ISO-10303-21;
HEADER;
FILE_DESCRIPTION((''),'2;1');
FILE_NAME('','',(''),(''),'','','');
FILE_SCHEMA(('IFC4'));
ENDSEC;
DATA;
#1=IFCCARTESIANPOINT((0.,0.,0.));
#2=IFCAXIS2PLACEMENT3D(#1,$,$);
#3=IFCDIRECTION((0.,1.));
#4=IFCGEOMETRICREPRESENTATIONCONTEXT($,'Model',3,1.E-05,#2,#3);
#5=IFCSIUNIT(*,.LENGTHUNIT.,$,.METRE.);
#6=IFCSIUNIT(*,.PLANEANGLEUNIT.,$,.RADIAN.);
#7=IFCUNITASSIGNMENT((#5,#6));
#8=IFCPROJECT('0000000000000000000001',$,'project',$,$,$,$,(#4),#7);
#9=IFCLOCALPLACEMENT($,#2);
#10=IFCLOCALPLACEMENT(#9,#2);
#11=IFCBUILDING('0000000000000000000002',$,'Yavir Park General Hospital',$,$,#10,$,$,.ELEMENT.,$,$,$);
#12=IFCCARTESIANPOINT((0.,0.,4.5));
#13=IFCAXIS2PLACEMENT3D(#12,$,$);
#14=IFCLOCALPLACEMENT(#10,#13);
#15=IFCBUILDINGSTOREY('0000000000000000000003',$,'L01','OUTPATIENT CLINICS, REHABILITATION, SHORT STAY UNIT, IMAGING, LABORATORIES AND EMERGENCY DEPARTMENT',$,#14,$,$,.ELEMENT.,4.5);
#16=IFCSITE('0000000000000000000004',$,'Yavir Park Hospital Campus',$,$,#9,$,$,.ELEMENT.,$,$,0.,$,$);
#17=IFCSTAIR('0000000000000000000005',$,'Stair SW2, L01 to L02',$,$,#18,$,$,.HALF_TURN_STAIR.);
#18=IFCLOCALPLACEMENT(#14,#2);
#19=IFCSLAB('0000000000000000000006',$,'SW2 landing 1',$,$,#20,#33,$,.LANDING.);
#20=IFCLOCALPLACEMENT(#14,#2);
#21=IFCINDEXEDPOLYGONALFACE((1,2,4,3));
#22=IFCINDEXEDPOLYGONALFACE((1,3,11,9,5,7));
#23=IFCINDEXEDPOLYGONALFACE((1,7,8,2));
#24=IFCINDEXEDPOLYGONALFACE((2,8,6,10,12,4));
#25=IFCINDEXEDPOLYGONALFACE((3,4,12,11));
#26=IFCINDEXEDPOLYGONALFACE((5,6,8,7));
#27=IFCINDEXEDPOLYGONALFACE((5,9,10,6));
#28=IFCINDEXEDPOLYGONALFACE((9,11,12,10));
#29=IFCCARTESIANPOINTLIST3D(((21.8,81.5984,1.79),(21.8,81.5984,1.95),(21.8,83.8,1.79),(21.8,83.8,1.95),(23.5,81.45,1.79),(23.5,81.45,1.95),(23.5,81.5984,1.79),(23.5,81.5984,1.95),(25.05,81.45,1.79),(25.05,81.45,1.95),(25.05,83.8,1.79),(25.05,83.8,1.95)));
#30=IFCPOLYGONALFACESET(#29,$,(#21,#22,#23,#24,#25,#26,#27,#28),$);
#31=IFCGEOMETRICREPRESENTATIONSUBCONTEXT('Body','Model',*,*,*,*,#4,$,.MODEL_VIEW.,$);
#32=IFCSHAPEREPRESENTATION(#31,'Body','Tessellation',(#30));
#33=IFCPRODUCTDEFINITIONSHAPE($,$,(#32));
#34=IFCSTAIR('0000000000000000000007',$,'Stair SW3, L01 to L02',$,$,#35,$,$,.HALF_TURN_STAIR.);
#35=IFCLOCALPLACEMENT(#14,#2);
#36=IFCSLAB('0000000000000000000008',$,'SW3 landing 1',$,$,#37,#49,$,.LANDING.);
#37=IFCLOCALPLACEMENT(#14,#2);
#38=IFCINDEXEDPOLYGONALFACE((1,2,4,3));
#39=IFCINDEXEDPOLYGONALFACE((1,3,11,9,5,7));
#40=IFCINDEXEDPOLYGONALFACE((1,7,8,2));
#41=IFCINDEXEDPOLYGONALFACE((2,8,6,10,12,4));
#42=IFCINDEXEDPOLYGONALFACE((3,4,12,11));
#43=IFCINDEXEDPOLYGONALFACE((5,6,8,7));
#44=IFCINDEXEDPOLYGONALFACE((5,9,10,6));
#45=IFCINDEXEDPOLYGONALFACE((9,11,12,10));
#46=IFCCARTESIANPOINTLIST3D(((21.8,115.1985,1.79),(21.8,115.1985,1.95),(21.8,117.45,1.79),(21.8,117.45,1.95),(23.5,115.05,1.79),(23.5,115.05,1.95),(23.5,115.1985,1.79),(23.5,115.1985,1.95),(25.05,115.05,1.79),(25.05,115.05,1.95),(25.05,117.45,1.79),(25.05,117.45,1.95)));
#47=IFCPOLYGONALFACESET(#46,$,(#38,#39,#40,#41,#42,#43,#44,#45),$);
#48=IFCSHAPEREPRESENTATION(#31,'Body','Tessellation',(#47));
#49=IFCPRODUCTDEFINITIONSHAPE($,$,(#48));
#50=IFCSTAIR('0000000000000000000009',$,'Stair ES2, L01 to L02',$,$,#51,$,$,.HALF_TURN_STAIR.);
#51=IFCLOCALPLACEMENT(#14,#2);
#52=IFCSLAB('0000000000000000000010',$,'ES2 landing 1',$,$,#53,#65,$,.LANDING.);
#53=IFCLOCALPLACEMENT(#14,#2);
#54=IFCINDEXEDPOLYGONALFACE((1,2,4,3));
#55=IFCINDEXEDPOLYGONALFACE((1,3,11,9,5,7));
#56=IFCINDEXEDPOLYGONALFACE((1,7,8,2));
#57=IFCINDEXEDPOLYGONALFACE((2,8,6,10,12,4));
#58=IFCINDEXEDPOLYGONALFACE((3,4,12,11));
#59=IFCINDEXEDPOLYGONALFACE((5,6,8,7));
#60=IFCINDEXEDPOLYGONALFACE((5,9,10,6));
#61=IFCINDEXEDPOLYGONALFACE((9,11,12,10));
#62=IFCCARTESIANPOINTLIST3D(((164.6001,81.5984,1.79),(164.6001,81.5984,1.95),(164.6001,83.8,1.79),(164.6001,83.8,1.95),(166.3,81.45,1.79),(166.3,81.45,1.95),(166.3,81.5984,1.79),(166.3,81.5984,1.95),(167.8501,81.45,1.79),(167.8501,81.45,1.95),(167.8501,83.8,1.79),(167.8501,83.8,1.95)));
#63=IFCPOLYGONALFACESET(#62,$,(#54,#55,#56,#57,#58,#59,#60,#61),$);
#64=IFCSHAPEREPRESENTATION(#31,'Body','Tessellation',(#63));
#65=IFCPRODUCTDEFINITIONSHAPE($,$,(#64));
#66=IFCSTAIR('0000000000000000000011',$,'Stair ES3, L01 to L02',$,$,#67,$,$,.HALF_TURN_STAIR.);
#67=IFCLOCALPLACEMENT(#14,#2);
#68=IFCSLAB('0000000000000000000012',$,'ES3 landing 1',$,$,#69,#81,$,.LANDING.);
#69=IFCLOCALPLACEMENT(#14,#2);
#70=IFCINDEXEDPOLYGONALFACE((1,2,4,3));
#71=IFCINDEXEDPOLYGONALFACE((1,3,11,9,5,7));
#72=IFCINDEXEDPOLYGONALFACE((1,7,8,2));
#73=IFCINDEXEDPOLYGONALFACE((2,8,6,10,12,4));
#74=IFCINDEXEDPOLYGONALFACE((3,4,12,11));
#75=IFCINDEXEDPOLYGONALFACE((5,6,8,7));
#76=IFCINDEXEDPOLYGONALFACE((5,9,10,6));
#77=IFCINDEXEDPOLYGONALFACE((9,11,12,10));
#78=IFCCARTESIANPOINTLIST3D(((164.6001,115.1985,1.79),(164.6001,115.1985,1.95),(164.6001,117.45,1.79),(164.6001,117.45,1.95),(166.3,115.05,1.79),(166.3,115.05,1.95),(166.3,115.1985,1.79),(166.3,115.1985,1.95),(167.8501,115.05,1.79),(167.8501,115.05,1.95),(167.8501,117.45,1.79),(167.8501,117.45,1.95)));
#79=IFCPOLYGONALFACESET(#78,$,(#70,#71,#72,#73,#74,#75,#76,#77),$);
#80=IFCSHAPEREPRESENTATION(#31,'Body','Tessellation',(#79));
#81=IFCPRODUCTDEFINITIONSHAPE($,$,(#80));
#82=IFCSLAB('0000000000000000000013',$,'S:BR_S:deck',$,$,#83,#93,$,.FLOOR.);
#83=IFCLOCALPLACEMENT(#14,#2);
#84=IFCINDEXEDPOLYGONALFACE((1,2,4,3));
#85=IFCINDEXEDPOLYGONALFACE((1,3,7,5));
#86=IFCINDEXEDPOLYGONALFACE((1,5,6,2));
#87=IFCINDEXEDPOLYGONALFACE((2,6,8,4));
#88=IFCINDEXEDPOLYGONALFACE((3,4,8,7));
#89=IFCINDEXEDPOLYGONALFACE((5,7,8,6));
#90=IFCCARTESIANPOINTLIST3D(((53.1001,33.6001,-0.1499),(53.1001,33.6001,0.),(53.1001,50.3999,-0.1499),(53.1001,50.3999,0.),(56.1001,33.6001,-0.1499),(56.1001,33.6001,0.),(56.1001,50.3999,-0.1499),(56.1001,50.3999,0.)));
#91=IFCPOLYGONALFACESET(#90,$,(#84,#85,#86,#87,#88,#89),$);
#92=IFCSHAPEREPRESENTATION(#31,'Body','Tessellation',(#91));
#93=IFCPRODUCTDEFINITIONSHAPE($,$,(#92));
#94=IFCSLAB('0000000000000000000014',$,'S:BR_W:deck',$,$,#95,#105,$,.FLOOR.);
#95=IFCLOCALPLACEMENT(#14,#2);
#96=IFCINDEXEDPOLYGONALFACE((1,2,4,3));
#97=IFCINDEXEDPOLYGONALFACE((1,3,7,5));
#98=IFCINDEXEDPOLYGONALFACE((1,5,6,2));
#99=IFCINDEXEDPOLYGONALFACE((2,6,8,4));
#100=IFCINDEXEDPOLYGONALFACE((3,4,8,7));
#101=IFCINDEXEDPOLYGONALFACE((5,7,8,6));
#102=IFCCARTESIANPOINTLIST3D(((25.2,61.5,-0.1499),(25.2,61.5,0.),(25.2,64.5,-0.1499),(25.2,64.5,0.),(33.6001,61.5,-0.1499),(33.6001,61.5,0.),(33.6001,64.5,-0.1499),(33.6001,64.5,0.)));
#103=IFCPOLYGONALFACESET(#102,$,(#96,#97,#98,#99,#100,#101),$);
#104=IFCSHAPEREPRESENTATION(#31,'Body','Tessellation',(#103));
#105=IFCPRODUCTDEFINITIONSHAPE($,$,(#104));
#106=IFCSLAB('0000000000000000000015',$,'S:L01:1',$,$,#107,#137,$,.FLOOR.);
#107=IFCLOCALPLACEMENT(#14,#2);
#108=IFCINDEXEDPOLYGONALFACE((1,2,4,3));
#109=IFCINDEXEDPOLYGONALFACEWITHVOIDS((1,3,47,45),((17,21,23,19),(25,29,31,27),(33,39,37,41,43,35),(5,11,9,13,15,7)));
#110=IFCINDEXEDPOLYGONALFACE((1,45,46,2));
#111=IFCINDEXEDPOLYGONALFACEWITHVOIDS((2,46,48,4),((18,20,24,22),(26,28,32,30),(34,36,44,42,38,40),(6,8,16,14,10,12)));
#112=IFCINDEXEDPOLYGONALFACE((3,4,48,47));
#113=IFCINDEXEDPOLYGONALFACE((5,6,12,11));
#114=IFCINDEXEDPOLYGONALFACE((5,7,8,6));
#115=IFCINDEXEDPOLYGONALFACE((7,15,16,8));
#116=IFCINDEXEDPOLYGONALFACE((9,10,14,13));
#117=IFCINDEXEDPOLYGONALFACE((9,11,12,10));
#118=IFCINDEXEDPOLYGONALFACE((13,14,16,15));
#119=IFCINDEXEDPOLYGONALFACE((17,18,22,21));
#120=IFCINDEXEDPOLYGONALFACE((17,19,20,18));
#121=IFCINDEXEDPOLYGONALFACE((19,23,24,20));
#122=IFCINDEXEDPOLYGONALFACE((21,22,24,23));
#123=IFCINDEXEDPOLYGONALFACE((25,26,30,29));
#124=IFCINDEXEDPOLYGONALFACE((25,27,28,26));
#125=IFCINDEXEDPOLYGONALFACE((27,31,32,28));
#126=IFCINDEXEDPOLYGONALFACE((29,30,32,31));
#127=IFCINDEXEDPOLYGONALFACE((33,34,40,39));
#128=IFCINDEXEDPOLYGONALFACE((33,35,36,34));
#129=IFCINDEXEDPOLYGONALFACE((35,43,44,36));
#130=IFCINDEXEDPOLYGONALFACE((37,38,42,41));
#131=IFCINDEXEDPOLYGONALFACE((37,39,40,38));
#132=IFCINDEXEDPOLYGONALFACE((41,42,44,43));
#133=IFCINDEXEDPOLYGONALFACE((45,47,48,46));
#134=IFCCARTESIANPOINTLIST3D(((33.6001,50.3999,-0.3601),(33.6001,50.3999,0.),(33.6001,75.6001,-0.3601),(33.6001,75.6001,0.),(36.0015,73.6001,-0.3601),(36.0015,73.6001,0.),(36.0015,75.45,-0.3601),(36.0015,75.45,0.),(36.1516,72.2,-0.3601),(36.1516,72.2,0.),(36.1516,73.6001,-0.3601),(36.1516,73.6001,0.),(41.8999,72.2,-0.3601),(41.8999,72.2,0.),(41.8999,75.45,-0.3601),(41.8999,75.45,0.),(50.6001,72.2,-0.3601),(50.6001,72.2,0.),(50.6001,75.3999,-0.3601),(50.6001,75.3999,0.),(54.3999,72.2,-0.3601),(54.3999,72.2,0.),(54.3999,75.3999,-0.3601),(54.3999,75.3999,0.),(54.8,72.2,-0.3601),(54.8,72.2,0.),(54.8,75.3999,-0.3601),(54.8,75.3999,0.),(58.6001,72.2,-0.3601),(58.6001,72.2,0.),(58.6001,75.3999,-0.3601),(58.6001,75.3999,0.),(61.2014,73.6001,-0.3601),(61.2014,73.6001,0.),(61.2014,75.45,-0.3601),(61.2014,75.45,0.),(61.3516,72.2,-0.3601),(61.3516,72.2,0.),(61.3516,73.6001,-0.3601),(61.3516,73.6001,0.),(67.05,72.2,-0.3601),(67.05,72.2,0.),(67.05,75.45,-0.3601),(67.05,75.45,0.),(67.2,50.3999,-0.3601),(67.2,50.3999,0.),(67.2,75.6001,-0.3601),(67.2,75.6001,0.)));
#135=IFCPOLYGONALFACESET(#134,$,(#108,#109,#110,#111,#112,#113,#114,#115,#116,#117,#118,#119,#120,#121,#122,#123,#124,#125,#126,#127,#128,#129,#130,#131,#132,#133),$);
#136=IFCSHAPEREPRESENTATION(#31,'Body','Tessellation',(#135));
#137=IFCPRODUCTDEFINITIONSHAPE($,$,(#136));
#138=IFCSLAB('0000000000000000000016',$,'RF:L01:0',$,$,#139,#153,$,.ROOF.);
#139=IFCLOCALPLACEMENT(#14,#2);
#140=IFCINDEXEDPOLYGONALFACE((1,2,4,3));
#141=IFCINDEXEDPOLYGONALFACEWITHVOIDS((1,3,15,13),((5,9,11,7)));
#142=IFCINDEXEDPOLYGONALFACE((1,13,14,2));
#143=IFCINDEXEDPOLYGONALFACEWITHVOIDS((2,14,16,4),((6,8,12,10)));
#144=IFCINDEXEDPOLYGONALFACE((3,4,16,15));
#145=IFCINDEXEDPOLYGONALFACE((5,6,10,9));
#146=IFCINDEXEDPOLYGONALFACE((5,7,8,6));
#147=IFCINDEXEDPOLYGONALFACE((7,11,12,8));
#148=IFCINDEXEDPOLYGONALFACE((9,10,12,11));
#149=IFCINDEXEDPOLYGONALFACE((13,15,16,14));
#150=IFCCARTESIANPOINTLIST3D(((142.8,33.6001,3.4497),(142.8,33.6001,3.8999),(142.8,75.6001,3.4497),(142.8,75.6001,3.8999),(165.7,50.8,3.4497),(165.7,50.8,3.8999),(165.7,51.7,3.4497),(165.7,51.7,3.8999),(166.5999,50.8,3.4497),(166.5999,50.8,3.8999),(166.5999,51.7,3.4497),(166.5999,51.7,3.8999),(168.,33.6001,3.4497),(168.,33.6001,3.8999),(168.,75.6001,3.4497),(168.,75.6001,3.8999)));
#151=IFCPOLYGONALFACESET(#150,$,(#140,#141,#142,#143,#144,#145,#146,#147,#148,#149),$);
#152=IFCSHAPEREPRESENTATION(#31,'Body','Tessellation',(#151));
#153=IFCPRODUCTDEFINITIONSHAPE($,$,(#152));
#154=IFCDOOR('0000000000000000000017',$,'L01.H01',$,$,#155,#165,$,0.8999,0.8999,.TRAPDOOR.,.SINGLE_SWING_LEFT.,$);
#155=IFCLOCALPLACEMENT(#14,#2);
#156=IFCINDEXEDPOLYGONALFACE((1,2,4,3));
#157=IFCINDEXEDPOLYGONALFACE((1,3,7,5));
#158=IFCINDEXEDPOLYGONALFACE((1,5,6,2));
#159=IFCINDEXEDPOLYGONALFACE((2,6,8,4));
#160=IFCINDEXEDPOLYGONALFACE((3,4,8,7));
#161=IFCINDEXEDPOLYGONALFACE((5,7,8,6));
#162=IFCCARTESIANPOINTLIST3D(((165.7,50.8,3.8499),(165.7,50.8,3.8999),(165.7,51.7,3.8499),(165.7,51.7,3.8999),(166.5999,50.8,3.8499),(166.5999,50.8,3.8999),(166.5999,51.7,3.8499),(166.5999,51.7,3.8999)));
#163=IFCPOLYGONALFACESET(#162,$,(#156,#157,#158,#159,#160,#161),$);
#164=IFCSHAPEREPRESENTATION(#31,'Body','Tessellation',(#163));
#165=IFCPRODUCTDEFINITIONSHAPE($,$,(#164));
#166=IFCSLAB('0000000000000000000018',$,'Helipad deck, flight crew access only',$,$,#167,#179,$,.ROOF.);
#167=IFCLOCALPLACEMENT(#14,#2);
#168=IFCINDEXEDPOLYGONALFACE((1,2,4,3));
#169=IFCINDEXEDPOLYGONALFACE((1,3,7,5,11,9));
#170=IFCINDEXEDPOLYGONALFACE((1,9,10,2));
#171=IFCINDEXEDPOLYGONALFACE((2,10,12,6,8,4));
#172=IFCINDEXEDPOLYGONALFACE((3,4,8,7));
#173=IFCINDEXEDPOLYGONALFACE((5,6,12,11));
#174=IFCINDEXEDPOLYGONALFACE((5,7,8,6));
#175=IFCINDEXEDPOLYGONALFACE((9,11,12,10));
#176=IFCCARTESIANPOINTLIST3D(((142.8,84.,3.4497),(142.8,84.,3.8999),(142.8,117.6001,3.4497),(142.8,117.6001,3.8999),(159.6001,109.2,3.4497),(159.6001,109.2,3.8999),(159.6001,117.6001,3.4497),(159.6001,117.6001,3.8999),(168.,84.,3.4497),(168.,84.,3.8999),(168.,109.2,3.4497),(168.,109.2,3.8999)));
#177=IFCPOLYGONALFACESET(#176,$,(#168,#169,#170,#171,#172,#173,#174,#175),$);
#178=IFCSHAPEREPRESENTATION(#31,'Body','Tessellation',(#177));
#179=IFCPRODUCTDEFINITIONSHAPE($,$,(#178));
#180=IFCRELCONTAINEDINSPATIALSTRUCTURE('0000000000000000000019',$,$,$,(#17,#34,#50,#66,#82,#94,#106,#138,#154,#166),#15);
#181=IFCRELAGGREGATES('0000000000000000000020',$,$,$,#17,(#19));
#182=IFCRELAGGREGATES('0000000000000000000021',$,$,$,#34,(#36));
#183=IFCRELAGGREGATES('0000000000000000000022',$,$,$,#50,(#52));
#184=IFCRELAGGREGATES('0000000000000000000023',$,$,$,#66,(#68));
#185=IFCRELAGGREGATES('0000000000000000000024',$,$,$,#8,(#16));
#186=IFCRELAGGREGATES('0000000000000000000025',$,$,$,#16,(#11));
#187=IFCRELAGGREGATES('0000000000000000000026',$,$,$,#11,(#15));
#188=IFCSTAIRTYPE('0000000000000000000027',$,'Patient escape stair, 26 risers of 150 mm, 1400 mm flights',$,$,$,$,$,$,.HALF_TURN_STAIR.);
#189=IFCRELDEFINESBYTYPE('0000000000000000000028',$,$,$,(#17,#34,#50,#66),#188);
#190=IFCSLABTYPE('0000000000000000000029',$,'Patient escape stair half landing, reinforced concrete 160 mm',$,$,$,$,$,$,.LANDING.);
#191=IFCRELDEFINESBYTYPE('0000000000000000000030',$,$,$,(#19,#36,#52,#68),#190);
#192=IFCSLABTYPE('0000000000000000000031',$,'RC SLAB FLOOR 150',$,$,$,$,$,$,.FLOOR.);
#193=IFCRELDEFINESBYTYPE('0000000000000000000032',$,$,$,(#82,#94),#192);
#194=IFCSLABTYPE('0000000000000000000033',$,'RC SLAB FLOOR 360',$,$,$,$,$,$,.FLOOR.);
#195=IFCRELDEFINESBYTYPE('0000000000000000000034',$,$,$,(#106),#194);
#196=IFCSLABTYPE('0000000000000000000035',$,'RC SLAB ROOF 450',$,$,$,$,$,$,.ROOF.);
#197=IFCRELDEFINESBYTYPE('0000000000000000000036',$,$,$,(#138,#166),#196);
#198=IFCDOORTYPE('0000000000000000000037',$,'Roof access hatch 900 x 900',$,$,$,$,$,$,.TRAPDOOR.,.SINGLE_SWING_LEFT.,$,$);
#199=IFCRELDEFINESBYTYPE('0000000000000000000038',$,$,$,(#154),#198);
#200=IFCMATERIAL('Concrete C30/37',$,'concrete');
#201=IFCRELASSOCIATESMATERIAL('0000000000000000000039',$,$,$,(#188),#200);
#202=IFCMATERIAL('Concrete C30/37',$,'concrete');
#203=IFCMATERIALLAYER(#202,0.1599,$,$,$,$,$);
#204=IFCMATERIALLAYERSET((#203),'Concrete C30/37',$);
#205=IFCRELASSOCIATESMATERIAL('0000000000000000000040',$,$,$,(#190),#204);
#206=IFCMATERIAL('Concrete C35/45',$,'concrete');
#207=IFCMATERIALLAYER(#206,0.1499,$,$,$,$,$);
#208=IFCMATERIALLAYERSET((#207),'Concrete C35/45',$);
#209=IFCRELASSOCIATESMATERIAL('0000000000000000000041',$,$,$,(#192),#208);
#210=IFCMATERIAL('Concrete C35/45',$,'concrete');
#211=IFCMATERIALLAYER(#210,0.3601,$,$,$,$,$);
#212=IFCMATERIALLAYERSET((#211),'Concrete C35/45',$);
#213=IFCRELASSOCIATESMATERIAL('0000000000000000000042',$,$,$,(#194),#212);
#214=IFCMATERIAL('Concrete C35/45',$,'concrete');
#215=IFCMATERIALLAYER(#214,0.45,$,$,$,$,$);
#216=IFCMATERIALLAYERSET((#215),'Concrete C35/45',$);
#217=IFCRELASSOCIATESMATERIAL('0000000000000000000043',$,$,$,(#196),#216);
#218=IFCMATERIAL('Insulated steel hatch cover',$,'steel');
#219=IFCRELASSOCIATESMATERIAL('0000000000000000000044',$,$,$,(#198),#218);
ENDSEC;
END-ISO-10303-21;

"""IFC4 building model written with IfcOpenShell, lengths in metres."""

from ifc_helpers import new_model, si_unit, direction, frame, origin, origin_2d, place, context, subcontext, project, spatial, polyline, rectangle, outline, extrude, material, layer, layer_set, type_object, element, fill, aggregate, save


model = new_model("IFC4")

# Units and contexts
model_context = context("Model", 3, precision=1e-05, world=origin(), true_north=direction((0.0, 1.0)))
body_context = subcontext(model_context, "Body", "Model", "MODEL_VIEW")
ifc_project = project(units=[si_unit("LENGTHUNIT", "METRE"), si_unit("PLANEANGLEUNIT", "RADIAN")], contexts=[model_context])

# Site, building, storey
site_placement = place(None, origin())
site = spatial("IfcSite", under=ifc_project, at=site_placement, Name="Yavir Park Hospital Campus", CompositionType="ELEMENT", RefElevation=0.0)
building_placement = place(site_placement, origin())
building = spatial("IfcBuilding", under=site, at=building_placement, Name="Yavir Park General Hospital", CompositionType="ELEMENT")
storey_placement = place(building_placement, frame((0.0, 0.0, 4.5)))
storey = spatial("IfcBuildingStorey", under=building, at=storey_placement, Name="L01", Description="OUTPATIENT CLINICS, REHABILITATION, SHORT STAY UNIT, IMAGING, LABORATORIES AND EMERGENCY DEPARTMENT", CompositionType="ELEMENT", Elevation=4.5)

# Stairs, slabs
ifc_material_1 = material(Name="Concrete C30/37", Category="concrete")
stair_type = type_object("IfcStairType", Name="Patient escape stair, 26 risers of 150 mm, 1400 mm flights", PredefinedType="HALF_TURN_STAIR", material=ifc_material_1)
ifc_material_2 = material(Name="Concrete C30/37", Category="concrete")
ifc_layer_1 = layer(ifc_material_2, 0.1599)
ifc_layer_set_1 = layer_set([ifc_layer_1], Name="Concrete C30/37")
slab_type_1 = type_object("IfcSlabType", Name="Patient escape stair half landing, reinforced concrete 160 mm", PredefinedType="LANDING", material=ifc_layer_set_1)
stair_1_placement = place(storey_placement, origin())
stair_1 = element("IfcStair", 1, at=stair_1_placement, inside=storey, type_object=stair_type, Name="Stair SW2, L01 to L02", PredefinedType="HALF_TURN_STAIR")
slab_1_placement = place(storey_placement, frame((0.0, 0.0, 1.79)))
slab_1 = element("IfcSlab", 2, at=slab_1_placement, type_object=slab_type_1, Name="SW2 landing 1", PredefinedType="LANDING", context=body_context, shape_type="SweptSolid", body=[
    extrude(outline(polyline([(21.8, 81.5984), (21.8, 83.8), (25.05, 83.8), (25.05, 81.45), (23.5, 81.45), (23.5, 81.5984), (21.8, 81.5984)])), origin(), (0.0, 0.0, 1.0), 0.1599),
])
aggregate(stair_1, [slab_1])
stair_2_placement = place(storey_placement, origin())
stair_2 = element("IfcStair", 3, at=stair_2_placement, inside=storey, type_object=stair_type, Name="Stair SW3, L01 to L02", PredefinedType="HALF_TURN_STAIR")
slab_2_placement = place(storey_placement, frame((0.0, 0.0, 1.79)))
slab_2 = element("IfcSlab", 4, at=slab_2_placement, type_object=slab_type_1, Name="SW3 landing 1", PredefinedType="LANDING", context=body_context, shape_type="SweptSolid", body=[
    extrude(outline(polyline([(21.8, 115.1985), (21.8, 117.45), (25.05, 117.45), (25.05, 115.05), (23.5, 115.05), (23.5, 115.1985), (21.8, 115.1985)])), origin(), (0.0, 0.0, 1.0), 0.1599),
])
aggregate(stair_2, [slab_2])
stair_3_placement = place(storey_placement, origin())
stair_3 = element("IfcStair", 5, at=stair_3_placement, inside=storey, type_object=stair_type, Name="Stair ES2, L01 to L02", PredefinedType="HALF_TURN_STAIR")
slab_3_placement = place(storey_placement, frame((0.0, 0.0, 1.79)))
slab_3 = element("IfcSlab", 6, at=slab_3_placement, type_object=slab_type_1, Name="ES2 landing 1", PredefinedType="LANDING", context=body_context, shape_type="SweptSolid", body=[
    extrude(outline(polyline([(164.6001, 81.5984), (164.6001, 83.8), (167.8501, 83.8), (167.8501, 81.45), (166.3, 81.45), (166.3, 81.5984), (164.6001, 81.5984)])), origin(), (0.0, 0.0, 1.0), 0.1599),
])
aggregate(stair_3, [slab_3])
stair_4_placement = place(storey_placement, origin())
stair_4 = element("IfcStair", 7, at=stair_4_placement, inside=storey, type_object=stair_type, Name="Stair ES3, L01 to L02", PredefinedType="HALF_TURN_STAIR")
slab_4_placement = place(storey_placement, frame((0.0, 0.0, 1.79)))
slab_4 = element("IfcSlab", 8, at=slab_4_placement, type_object=slab_type_1, Name="ES3 landing 1", PredefinedType="LANDING", context=body_context, shape_type="SweptSolid", body=[
    extrude(outline(polyline([(164.6001, 115.1985), (164.6001, 117.45), (167.8501, 117.45), (167.8501, 115.05), (166.3, 115.05), (166.3, 115.1985), (164.6001, 115.1985)])), origin(), (0.0, 0.0, 1.0), 0.1599),
])
aggregate(stair_4, [slab_4])

# Slabs
ifc_material_3 = material(Name="Concrete C35/45", Category="concrete")
ifc_layer_2 = layer(ifc_material_3, 0.1499)
ifc_layer_set_2 = layer_set([ifc_layer_2], Name="Concrete C35/45")
slab_type_2 = type_object("IfcSlabType", Name="RC SLAB FLOOR 150", PredefinedType="FLOOR", material=ifc_layer_set_2)
slab_5_placement = place(storey_placement, frame((0.0, 0.0, -0.1499)))
element("IfcSlab", 9, at=slab_5_placement, inside=storey, type_object=slab_type_2, Name="S:BR_S:deck", PredefinedType="FLOOR", context=body_context, shape_type="SweptSolid", body=[
    extrude(outline(polyline([(56.1001, 33.6001), (56.1001, 50.3999), (53.1001, 50.3999), (53.1001, 33.6001), (56.1001, 33.6001)])), origin(), (0.0, 0.0, 1.0), 0.1499),
])
slab_6_placement = place(storey_placement, frame((0.0, 0.0, -0.1499)))
element("IfcSlab", 10, at=slab_6_placement, inside=storey, type_object=slab_type_2, Name="S:BR_W:deck", PredefinedType="FLOOR", context=body_context, shape_type="SweptSolid", body=[
    extrude(outline(polyline([(33.6001, 61.5), (33.6001, 64.5), (25.2, 64.5), (25.2, 61.5), (33.6001, 61.5)])), origin(), (0.0, 0.0, 1.0), 0.1499),
])
ifc_material_4 = material(Name="Concrete C35/45", Category="concrete")
ifc_layer_3 = layer(ifc_material_4, 0.3601)
ifc_layer_set_3 = layer_set([ifc_layer_3], Name="Concrete C35/45")
slab_type_3 = type_object("IfcSlabType", Name="RC SLAB FLOOR 360", PredefinedType="FLOOR", material=ifc_layer_set_3)
slab_7_placement = place(storey_placement, frame((0.0, 0.0, -0.3601)))
element("IfcSlab", 11, at=slab_7_placement, inside=storey, type_object=slab_type_3, Name="S:L01:1", PredefinedType="FLOOR", context=body_context, shape_type="SweptSolid", body=[
    extrude(outline(polyline([(67.2, 75.6001), (33.6001, 75.6001), (33.6001, 50.3999), (67.2, 50.3999), (67.2, 75.6001)]), holes=[polyline([(54.3999, 72.2), (50.6001, 72.2), (50.6001, 75.3999), (54.3999, 75.3999), (54.3999, 72.2)]), polyline([(58.6001, 72.2), (54.8, 72.2), (54.8, 75.3999), (58.6001, 75.3999), (58.6001, 72.2)]), polyline([(36.0015, 75.45), (41.8999, 75.45), (41.8999, 72.2), (36.1516, 72.2), (36.1516, 73.6001), (36.0015, 73.6001), (36.0015, 75.45)]), polyline([(67.05, 72.2), (61.3516, 72.2), (61.3516, 73.6001), (61.2014, 73.6001), (61.2014, 75.45), (67.05, 75.45), (67.05, 72.2)])]), origin(), (0.0, 0.0, 1.0), 0.3601),
])

# Slab, opening, door
ifc_material_5 = material(Name="Concrete C35/45", Category="concrete")
ifc_layer_4 = layer(ifc_material_5, 0.45)
ifc_layer_set_4 = layer_set([ifc_layer_4], Name="Concrete C35/45")
slab_type_4 = type_object("IfcSlabType", Name="RC SLAB ROOF 450", PredefinedType="ROOF", material=ifc_layer_set_4)
slab_8_placement = place(storey_placement, frame((0.0, 0.0, 3.4497)))
slab_8 = element("IfcSlab", 12, at=slab_8_placement, inside=storey, type_object=slab_type_4, Name="RF:L01:0", PredefinedType="ROOF", context=body_context, shape_type="SweptSolid", body=[
    extrude(outline(polyline([(142.8, 75.6001), (142.8, 33.6001), (168.0, 33.6001), (168.0, 75.6001), (142.8, 75.6001)])), origin(), (0.0, 0.0, 1.0), 0.4502),
])
opening_1_placement = place(slab_8_placement, frame((166.1499, 51.25, 0.0)))
opening_1 = element("IfcOpeningElement", 13, at=opening_1_placement, cuts=slab_8, PredefinedType="OPENING", context=body_context, shape_type="SweptSolid", body=[
    extrude(rectangle(XDim=0.8999, YDim=0.8999, at=origin_2d()), origin(), (0.0, 0.0, 1.0), 0.4502),
])
ifc_material_6 = material(Name="Insulated steel hatch cover", Category="steel")
door_type = type_object("IfcDoorType", Name="Roof access hatch 900 x 900", OperationType="SINGLE_SWING_LEFT", PredefinedType="TRAPDOOR", material=ifc_material_6)
door_placement = place(opening_1_placement, frame((0.0, 0.0, 0.4001)))
door = element("IfcDoor", 14, at=door_placement, inside=storey, type_object=door_type, Name="L01.H01", OperationType="SINGLE_SWING_LEFT", OverallHeight=0.8999, OverallWidth=0.8999, PredefinedType="TRAPDOOR", context=body_context, shape_type="SweptSolid", body=[
    extrude(rectangle(XDim=0.8999, YDim=0.8999, at=origin_2d()), origin(), (0.0, 0.0, 1.0), 0.05),
])
fill(opening_1, door)

# Slab
slab_9_placement = place(storey_placement, frame((0.0, 0.0, 3.4497)))
element("IfcSlab", 15, at=slab_9_placement, inside=storey, type_object=slab_type_4, Name="Helipad deck, flight crew access only", PredefinedType="ROOF", context=body_context, shape_type="SweptSolid", body=[
    extrude(outline(polyline([(168.0, 84.0), (168.0, 109.2), (159.6001, 109.2), (159.6001, 117.6001), (142.8, 117.6001), (142.8, 84.0), (168.0, 84.0)])), origin(), (0.0, 0.0, 1.0), 0.4502),
])

save(model, "model.ifc")
